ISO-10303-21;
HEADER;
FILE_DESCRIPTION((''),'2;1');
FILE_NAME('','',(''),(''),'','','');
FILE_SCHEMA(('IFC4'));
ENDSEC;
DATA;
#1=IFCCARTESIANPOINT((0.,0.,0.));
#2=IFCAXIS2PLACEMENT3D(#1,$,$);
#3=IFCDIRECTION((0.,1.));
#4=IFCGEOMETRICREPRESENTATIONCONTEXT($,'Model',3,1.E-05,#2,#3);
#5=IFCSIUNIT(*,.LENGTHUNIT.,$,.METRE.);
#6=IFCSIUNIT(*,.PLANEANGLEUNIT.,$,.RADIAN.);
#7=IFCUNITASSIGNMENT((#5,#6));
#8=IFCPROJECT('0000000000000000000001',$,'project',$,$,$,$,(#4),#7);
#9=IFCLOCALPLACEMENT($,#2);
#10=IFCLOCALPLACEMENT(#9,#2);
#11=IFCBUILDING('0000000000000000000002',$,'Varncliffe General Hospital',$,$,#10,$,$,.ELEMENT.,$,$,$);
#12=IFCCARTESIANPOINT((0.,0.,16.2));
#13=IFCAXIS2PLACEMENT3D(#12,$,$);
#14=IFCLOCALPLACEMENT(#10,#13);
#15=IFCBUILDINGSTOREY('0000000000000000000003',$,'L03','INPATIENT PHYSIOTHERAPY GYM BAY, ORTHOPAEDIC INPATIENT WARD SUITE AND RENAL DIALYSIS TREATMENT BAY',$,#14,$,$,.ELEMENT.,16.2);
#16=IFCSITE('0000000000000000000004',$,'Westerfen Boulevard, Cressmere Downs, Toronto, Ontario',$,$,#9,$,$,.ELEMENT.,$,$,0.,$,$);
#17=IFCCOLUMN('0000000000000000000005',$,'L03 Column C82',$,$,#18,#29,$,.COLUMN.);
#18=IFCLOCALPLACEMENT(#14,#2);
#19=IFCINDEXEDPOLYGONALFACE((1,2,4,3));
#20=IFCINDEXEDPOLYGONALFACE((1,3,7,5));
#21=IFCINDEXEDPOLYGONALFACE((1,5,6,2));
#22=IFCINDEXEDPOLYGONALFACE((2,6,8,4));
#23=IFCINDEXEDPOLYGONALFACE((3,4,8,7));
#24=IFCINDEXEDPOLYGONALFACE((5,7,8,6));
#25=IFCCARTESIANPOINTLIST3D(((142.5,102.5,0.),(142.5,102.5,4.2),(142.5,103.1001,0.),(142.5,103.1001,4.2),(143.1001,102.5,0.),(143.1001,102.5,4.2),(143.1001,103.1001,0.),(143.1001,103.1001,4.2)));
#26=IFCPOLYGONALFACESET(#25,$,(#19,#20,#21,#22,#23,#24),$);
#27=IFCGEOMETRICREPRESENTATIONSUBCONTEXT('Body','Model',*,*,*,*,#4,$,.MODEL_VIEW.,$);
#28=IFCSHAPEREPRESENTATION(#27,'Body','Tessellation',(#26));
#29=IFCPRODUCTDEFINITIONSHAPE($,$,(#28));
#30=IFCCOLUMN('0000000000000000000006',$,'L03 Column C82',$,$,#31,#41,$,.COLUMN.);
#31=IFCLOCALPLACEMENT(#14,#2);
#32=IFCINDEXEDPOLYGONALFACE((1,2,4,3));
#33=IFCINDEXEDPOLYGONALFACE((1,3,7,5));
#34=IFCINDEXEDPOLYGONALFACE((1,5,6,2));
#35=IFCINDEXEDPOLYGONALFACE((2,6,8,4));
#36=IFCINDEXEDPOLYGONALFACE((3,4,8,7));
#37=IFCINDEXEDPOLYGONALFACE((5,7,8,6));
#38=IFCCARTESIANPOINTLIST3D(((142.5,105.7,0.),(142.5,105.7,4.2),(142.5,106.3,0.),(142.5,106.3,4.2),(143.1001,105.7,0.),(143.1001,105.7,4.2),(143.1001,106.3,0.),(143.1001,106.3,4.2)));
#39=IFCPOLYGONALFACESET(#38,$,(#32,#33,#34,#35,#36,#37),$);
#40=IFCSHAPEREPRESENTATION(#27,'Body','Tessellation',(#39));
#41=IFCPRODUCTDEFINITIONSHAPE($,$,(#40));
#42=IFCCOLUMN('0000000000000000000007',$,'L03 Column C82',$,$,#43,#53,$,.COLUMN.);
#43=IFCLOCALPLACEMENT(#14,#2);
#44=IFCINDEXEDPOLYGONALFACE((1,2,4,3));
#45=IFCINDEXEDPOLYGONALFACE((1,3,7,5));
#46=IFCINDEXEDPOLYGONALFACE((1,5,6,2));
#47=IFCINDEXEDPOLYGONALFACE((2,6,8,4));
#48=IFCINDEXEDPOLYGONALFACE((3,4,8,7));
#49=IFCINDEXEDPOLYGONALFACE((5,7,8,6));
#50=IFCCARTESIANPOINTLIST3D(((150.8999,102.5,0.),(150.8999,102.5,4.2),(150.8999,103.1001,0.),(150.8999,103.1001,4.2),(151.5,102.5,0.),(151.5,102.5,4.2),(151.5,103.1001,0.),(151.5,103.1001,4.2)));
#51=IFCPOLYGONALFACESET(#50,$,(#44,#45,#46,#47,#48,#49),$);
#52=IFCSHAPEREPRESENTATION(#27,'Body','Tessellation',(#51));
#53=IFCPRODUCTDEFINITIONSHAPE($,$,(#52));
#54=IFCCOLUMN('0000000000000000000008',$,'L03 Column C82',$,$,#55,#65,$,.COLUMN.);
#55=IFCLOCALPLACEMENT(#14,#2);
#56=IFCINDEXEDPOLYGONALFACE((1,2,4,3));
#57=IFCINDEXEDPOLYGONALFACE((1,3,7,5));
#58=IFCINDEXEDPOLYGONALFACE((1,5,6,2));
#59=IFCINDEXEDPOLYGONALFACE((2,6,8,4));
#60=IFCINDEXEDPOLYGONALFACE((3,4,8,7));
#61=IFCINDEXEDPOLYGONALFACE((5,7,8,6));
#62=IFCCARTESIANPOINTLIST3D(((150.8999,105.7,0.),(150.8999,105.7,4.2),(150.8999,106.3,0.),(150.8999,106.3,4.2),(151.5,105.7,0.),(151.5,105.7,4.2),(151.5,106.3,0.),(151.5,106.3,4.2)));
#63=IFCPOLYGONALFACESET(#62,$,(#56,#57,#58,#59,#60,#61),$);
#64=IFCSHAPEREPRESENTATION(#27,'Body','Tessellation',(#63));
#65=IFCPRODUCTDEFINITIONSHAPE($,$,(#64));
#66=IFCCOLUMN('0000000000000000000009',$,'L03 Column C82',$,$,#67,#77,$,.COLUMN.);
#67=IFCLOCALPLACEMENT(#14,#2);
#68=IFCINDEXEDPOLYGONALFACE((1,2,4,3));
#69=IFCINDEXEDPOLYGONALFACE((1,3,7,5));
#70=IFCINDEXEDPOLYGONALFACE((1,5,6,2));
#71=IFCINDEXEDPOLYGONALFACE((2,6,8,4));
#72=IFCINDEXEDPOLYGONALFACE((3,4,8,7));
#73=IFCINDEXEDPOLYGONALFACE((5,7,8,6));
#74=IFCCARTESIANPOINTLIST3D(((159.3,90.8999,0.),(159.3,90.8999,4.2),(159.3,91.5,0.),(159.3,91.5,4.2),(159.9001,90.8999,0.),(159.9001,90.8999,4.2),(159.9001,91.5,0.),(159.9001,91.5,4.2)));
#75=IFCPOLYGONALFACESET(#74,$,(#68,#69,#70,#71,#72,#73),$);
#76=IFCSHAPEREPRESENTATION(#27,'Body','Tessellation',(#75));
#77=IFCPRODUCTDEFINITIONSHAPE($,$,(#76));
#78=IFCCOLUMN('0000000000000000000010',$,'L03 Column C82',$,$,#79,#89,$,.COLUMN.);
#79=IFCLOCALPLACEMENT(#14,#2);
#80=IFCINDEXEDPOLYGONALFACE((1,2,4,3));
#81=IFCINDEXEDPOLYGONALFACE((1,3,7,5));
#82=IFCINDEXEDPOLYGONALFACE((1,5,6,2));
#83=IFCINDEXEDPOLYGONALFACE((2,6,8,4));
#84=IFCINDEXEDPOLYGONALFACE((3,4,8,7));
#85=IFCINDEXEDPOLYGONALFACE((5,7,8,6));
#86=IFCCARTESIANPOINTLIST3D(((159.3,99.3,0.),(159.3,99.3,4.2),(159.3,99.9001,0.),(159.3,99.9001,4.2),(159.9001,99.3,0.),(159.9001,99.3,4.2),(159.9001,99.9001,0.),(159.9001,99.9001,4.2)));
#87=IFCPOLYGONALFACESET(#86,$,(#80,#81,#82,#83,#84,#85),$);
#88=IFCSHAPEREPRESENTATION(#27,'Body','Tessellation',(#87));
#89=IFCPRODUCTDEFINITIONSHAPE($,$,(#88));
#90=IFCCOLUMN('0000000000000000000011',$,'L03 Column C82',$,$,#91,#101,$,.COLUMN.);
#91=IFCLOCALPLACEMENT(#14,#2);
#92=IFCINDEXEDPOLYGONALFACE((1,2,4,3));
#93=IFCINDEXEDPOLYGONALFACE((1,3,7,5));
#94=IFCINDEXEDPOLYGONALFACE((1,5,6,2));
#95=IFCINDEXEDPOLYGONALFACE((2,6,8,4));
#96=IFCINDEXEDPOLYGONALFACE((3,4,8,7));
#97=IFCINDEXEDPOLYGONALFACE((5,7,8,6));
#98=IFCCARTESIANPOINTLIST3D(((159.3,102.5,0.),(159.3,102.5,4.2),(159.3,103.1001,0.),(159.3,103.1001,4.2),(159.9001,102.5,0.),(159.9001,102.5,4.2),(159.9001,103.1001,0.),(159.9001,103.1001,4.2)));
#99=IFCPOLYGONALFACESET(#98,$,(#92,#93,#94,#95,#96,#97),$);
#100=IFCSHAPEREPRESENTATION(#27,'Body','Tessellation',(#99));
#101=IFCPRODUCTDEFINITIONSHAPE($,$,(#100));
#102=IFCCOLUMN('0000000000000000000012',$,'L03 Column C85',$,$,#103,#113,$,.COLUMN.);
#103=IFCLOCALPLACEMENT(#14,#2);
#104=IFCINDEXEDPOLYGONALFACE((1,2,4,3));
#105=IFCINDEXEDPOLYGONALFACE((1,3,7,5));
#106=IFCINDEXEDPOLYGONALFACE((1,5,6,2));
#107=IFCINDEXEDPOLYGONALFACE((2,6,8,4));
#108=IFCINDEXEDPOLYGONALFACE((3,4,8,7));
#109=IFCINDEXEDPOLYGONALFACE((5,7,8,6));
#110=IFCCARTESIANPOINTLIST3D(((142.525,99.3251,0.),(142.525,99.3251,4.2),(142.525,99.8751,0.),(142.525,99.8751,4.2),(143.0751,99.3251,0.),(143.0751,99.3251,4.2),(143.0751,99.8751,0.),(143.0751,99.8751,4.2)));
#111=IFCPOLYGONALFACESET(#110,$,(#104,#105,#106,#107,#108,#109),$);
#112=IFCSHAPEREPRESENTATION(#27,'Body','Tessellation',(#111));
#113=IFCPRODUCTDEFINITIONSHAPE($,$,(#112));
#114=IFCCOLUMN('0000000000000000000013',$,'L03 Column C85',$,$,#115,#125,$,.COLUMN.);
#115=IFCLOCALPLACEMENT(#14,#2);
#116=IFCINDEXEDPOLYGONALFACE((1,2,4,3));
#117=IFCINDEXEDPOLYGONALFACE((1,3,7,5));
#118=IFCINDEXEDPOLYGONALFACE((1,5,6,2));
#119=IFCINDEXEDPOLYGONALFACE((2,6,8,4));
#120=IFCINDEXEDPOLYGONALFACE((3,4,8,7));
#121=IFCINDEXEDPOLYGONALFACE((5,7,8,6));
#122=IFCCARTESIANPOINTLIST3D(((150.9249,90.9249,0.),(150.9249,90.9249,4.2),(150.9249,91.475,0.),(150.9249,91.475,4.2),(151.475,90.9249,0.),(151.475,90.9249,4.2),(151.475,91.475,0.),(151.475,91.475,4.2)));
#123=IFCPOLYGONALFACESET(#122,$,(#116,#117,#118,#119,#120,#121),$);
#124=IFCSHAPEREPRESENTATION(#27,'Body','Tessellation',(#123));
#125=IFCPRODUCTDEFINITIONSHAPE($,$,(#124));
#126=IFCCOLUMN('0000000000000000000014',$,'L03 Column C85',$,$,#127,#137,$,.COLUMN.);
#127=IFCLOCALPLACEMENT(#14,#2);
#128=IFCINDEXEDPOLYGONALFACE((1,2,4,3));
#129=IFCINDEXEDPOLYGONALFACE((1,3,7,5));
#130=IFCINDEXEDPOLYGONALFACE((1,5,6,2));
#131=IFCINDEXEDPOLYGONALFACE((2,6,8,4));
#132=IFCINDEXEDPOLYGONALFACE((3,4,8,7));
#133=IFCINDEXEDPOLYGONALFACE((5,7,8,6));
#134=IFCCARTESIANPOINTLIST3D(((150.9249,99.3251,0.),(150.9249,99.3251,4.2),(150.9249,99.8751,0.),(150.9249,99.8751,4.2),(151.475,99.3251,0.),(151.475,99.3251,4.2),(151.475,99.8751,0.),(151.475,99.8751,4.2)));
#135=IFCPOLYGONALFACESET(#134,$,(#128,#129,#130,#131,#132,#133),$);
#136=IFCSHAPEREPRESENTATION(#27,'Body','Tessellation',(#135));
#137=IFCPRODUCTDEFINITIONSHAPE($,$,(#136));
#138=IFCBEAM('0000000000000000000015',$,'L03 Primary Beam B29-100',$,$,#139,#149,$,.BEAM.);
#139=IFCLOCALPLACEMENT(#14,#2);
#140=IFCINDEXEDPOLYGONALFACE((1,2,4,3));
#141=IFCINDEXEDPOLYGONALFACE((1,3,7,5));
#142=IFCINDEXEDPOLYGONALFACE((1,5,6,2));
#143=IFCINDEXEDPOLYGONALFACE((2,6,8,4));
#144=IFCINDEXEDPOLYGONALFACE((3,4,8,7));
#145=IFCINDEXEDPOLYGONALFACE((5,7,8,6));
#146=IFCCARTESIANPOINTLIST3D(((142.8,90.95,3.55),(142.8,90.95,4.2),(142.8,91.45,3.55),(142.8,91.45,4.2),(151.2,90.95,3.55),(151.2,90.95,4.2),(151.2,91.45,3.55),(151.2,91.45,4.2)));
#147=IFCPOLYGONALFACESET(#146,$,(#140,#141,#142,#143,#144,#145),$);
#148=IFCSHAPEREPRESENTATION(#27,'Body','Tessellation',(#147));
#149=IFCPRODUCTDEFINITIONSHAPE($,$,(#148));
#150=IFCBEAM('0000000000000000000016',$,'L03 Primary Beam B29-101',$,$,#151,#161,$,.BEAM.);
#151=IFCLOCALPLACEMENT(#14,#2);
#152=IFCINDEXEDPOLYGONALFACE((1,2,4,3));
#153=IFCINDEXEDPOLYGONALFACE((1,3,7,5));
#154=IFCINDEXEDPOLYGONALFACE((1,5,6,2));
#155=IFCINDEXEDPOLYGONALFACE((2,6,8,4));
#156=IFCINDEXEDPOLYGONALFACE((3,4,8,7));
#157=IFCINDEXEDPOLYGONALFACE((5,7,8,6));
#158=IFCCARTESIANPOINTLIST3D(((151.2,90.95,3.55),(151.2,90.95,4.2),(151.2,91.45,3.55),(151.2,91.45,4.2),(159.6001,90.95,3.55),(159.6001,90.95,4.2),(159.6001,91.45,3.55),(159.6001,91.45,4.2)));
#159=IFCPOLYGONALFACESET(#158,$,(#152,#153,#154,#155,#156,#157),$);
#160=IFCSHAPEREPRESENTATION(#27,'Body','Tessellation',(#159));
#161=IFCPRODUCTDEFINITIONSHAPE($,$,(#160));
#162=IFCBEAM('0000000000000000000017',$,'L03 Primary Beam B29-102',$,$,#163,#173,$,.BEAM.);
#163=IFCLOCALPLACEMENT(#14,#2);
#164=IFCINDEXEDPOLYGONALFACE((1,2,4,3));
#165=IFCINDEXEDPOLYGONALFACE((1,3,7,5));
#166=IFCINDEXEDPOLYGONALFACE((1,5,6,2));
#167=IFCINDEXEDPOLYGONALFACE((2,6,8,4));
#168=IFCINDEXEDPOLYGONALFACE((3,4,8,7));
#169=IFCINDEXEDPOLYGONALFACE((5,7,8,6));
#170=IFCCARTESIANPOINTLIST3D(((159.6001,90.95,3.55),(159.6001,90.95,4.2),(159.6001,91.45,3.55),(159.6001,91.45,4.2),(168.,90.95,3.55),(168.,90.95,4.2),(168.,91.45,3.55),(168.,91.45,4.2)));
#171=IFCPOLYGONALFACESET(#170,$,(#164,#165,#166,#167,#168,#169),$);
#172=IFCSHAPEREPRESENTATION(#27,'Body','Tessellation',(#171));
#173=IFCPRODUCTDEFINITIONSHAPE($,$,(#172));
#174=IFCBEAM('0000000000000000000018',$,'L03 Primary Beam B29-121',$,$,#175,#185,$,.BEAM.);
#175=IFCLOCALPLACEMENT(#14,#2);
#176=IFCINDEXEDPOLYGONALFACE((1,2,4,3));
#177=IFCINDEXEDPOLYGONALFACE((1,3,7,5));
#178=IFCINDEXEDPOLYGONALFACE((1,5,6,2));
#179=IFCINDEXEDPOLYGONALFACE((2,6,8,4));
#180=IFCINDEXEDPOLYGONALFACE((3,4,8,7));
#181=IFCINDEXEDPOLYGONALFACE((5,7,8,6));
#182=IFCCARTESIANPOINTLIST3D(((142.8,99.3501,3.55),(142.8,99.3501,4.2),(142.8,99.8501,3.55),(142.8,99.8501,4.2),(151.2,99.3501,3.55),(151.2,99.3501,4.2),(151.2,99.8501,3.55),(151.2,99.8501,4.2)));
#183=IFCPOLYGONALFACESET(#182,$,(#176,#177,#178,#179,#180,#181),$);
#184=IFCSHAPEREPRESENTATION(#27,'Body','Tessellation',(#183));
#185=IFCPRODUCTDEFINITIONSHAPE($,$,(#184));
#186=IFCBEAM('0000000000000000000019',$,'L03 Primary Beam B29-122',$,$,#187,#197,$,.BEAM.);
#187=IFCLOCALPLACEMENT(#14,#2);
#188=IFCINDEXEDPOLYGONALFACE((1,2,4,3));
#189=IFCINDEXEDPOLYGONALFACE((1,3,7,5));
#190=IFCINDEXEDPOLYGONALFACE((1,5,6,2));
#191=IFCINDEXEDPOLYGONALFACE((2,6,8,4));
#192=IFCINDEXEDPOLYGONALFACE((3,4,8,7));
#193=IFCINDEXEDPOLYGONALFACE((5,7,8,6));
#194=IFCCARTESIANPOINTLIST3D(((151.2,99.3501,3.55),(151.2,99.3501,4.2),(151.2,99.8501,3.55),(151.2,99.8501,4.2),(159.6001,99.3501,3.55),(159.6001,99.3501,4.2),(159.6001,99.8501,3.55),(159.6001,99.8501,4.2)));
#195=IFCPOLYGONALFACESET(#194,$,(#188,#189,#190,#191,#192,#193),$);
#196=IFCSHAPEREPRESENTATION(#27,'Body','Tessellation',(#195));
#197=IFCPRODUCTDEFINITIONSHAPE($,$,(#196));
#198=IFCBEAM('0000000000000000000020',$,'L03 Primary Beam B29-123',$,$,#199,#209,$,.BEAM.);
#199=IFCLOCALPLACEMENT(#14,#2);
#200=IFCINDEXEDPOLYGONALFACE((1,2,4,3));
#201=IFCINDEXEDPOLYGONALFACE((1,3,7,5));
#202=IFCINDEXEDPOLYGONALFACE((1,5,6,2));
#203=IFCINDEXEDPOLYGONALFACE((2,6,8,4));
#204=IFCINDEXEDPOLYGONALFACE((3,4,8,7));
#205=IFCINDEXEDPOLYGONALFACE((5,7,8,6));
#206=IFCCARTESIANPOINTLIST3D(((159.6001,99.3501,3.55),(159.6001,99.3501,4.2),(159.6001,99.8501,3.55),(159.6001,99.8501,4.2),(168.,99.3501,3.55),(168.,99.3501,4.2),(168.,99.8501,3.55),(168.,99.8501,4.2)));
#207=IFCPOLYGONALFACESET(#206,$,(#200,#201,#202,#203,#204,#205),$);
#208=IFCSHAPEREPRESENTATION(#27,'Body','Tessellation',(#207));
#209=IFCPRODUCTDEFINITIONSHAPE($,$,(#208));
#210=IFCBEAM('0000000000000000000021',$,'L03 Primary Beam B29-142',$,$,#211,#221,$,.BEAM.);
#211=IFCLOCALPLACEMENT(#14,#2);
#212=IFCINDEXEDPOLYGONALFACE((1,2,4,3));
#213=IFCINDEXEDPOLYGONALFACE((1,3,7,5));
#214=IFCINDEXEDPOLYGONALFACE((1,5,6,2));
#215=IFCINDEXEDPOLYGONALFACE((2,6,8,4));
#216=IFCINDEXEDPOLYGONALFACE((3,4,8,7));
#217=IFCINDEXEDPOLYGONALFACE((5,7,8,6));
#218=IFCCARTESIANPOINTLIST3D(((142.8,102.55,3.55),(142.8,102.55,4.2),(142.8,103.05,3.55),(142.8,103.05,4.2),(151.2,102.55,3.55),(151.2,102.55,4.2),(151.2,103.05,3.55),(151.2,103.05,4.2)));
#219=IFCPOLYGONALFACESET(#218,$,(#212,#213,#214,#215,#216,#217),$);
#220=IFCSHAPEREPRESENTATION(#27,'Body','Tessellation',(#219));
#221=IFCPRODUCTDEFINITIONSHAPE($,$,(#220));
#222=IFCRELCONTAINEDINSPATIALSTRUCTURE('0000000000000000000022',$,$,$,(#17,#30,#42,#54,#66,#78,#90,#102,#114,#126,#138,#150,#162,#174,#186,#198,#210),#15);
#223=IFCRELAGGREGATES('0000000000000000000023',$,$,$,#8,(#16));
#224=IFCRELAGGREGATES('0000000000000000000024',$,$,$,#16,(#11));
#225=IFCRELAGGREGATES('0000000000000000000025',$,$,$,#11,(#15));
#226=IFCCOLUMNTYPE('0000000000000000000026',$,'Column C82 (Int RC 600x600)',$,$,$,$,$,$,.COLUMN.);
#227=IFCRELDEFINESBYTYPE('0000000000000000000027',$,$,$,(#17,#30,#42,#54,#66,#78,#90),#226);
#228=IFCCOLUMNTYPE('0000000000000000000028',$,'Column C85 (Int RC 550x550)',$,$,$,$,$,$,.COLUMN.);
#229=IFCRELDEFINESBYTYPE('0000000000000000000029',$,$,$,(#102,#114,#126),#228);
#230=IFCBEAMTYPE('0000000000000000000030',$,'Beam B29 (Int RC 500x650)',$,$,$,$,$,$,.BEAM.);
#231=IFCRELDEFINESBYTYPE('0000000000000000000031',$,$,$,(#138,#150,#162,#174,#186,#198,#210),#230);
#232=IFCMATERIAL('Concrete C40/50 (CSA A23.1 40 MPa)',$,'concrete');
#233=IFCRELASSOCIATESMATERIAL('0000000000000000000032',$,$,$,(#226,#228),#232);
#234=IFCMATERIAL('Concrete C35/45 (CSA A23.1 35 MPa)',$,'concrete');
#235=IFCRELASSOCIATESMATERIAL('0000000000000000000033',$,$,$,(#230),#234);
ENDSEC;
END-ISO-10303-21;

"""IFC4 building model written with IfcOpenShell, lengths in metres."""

from ifc_helpers import new_model, si_unit, direction, frame, origin, origin_2d, place, context, subcontext, project, spatial, rectangle, extrude, material, material_profile, profile_set, type_object, element, save


model = new_model("IFC4")

# Units and contexts
model_context = context("Model", 3, precision=1e-05, world=origin(), true_north=direction((0.0, 1.0)))
body_context = subcontext(model_context, "Body", "Model", "MODEL_VIEW")
ifc_project = project(units=[si_unit("LENGTHUNIT", "METRE"), si_unit("PLANEANGLEUNIT", "RADIAN")], contexts=[model_context])

# Site, building, storey
site_placement = place(None, origin())
site = spatial("IfcSite", under=ifc_project, at=site_placement, Name="Westerfen Boulevard, Cressmere Downs, Toronto, Ontario", CompositionType="ELEMENT", RefElevation=0.0)
building_placement = place(site_placement, origin())
building = spatial("IfcBuilding", under=site, at=building_placement, Name="Varncliffe General Hospital", CompositionType="ELEMENT")
storey_placement = place(building_placement, frame((0.0, 0.0, 16.2)))
storey = spatial("IfcBuildingStorey", under=building, at=storey_placement, Name="L03", Description="INPATIENT PHYSIOTHERAPY GYM BAY, ORTHOPAEDIC INPATIENT WARD SUITE AND RENAL DIALYSIS TREATMENT BAY", CompositionType="ELEMENT", Elevation=16.2)

# Columns
ifc_material_1 = material(Name="Concrete C40/50 (CSA A23.1 40 MPa)", Category="concrete")
ifc_material_profile_1 = material_profile(ifc_material_1, rectangle(XDim=0.6001, YDim=0.6001, at=origin_2d()), Name="RC 600x600")
ifc_profile_set_1 = profile_set([ifc_material_profile_1], Name="Concrete C40/50 (CSA A23.1 40 MPa)")
column_type_1 = type_object("IfcColumnType", Name="Column C82 (Int RC 600x600)", PredefinedType="COLUMN", material=ifc_profile_set_1)
for number, where, z_axis, x_axis, name in (
    (1, (142.8, 102.8, 0.0), (0.0, 0.0, 1.0), (1.0, 0.0, 0.0), "L03 Column C82"),
    (2, (142.8, 106.0, 0.0), (0.0, 0.0, 1.0), (1.0, 0.0, 0.0), "L03 Column C82"),
    (3, (151.2, 102.8, 0.0), (0.0, 0.0, 1.0), (1.0, 0.0, 0.0), "L03 Column C82"),
    (4, (151.2, 106.0, 0.0), (0.0, 0.0, 1.0), (1.0, 0.0, 0.0), "L03 Column C82"),
    (5, (159.6001, 91.2, 0.0), (0.0, 0.0, 1.0), (1.0, 0.0, 0.0), "L03 Column C82"),
    (6, (159.6001, 99.6001, 0.0), (0.0, 0.0, 1.0), (1.0, 0.0, 0.0), "L03 Column C82"),
    (7, (159.6001, 102.8, 0.0), (0.0, 0.0, 1.0), (1.0, 0.0, 0.0), "L03 Column C82"),
):
    element("IfcColumn", number, at=place(storey_placement, frame(where, z_axis=z_axis, x_axis=x_axis)), inside=storey, type_object=column_type_1, Name=name, PredefinedType="COLUMN", context=body_context, shape_type="SweptSolid", body=[
        extrude(rectangle(XDim=0.6001, YDim=0.6001, at=origin_2d()), origin(), (0.0, 0.0, 1.0), 4.2),
    ])
ifc_material_profile_2 = material_profile(ifc_material_1, rectangle(XDim=0.55, YDim=0.55, at=origin_2d()), Name="RC 550x550")
ifc_profile_set_2 = profile_set([ifc_material_profile_2], Name="Concrete C40/50 (CSA A23.1 40 MPa)")
column_type_2 = type_object("IfcColumnType", Name="Column C85 (Int RC 550x550)", PredefinedType="COLUMN", material=ifc_profile_set_2)
for number, where, z_axis, x_axis, name in (
    (8, (142.8, 99.6001, 0.0), (0.0, 0.0, 1.0), (1.0, 0.0, 0.0), "L03 Column C85"),
    (9, (151.2, 91.2, 0.0), (0.0, 0.0, 1.0), (1.0, 0.0, 0.0), "L03 Column C85"),
    (10, (151.2, 99.6001, 0.0), (0.0, 0.0, 1.0), (1.0, 0.0, 0.0), "L03 Column C85"),
):
    element("IfcColumn", number, at=place(storey_placement, frame(where, z_axis=z_axis, x_axis=x_axis)), inside=storey, type_object=column_type_2, Name=name, PredefinedType="COLUMN", context=body_context, shape_type="SweptSolid", body=[
        extrude(rectangle(XDim=0.55, YDim=0.55, at=origin_2d()), origin(), (0.0, 0.0, 1.0), 4.2),
    ])

# Beams
ifc_material_2 = material(Name="Concrete C35/45 (CSA A23.1 35 MPa)", Category="concrete")
ifc_material_profile_3 = material_profile(ifc_material_2, rectangle(XDim=0.5, YDim=0.6499, at=origin_2d()), Name="RC 500x650")
ifc_profile_set_3 = profile_set([ifc_material_profile_3], Name="Concrete C35/45 (CSA A23.1 35 MPa)")
beam_type_1 = type_object("IfcBeamType", Name="Beam B29 (Int RC 500x650)", PredefinedType="BEAM", material=ifc_profile_set_3)
beam_1_placement = place(storey_placement, frame((142.8, 91.2, 3.875), z_axis=(1.0, 0.0, 0.0), x_axis=(0.0, 1.0, 0.0)))
element("IfcBeam", 11, at=beam_1_placement, inside=storey, type_object=beam_type_1, Name="L03 Primary Beam B29-100", PredefinedType="BEAM", context=body_context, shape_type="SweptSolid", body=[
    extrude(rectangle(XDim=0.5, YDim=0.6499, at=origin_2d()), origin(), (0.0, 0.0, 1.0), 8.3999),
])
beam_2_placement = place(storey_placement, frame((151.2, 91.2, 3.875), z_axis=(1.0, 0.0, 0.0), x_axis=(0.0, 1.0, 0.0)))
element("IfcBeam", 12, at=beam_2_placement, inside=storey, type_object=beam_type_1, Name="L03 Primary Beam B29-101", PredefinedType="BEAM", context=body_context, shape_type="SweptSolid", body=[
    extrude(rectangle(XDim=0.5, YDim=0.6499, at=origin_2d()), origin(), (0.0, 0.0, 1.0), 8.4001),
])
for number, where, z_axis, x_axis, name in (
    (13, (159.6001, 91.2, 3.875), (1.0, 0.0, 0.0), (0.0, 1.0, 0.0), "L03 Primary Beam B29-102"),
    (14, (142.8, 99.6001, 3.875), (1.0, 0.0, 0.0), (0.0, 1.0, 0.0), "L03 Primary Beam B29-121"),
):
    element("IfcBeam", number, at=place(storey_placement, frame(where, z_axis=z_axis, x_axis=x_axis)), inside=storey, type_object=beam_type_1, Name=name, PredefinedType="BEAM", context=body_context, shape_type="SweptSolid", body=[
        extrude(rectangle(XDim=0.5, YDim=0.6499, at=origin_2d()), origin(), (0.0, 0.0, 1.0), 8.3999),
    ])
beam_3_placement = place(storey_placement, frame((151.2, 99.6001, 3.875), z_axis=(1.0, 0.0, 0.0), x_axis=(0.0, 1.0, 0.0)))
element("IfcBeam", 15, at=beam_3_placement, inside=storey, type_object=beam_type_1, Name="L03 Primary Beam B29-122", PredefinedType="BEAM", context=body_context, shape_type="SweptSolid", body=[
    extrude(rectangle(XDim=0.5, YDim=0.6499, at=origin_2d()), origin(), (0.0, 0.0, 1.0), 8.4001),
])
for number, where, z_axis, x_axis, name in (
    (16, (159.6001, 99.6001, 3.875), (1.0, 0.0, 0.0), (0.0, 1.0, 0.0), "L03 Primary Beam B29-123"),
    (17, (142.8, 102.8, 3.875), (1.0, 0.0, 0.0), (0.0, 1.0, 0.0), "L03 Primary Beam B29-142"),
):
    element("IfcBeam", number, at=place(storey_placement, frame(where, z_axis=z_axis, x_axis=x_axis)), inside=storey, type_object=beam_type_1, Name=name, PredefinedType="BEAM", context=body_context, shape_type="SweptSolid", body=[
        extrude(rectangle(XDim=0.5, YDim=0.6499, at=origin_2d()), origin(), (0.0, 0.0, 1.0), 8.3999),
    ])

save(model, "model.ifc")
